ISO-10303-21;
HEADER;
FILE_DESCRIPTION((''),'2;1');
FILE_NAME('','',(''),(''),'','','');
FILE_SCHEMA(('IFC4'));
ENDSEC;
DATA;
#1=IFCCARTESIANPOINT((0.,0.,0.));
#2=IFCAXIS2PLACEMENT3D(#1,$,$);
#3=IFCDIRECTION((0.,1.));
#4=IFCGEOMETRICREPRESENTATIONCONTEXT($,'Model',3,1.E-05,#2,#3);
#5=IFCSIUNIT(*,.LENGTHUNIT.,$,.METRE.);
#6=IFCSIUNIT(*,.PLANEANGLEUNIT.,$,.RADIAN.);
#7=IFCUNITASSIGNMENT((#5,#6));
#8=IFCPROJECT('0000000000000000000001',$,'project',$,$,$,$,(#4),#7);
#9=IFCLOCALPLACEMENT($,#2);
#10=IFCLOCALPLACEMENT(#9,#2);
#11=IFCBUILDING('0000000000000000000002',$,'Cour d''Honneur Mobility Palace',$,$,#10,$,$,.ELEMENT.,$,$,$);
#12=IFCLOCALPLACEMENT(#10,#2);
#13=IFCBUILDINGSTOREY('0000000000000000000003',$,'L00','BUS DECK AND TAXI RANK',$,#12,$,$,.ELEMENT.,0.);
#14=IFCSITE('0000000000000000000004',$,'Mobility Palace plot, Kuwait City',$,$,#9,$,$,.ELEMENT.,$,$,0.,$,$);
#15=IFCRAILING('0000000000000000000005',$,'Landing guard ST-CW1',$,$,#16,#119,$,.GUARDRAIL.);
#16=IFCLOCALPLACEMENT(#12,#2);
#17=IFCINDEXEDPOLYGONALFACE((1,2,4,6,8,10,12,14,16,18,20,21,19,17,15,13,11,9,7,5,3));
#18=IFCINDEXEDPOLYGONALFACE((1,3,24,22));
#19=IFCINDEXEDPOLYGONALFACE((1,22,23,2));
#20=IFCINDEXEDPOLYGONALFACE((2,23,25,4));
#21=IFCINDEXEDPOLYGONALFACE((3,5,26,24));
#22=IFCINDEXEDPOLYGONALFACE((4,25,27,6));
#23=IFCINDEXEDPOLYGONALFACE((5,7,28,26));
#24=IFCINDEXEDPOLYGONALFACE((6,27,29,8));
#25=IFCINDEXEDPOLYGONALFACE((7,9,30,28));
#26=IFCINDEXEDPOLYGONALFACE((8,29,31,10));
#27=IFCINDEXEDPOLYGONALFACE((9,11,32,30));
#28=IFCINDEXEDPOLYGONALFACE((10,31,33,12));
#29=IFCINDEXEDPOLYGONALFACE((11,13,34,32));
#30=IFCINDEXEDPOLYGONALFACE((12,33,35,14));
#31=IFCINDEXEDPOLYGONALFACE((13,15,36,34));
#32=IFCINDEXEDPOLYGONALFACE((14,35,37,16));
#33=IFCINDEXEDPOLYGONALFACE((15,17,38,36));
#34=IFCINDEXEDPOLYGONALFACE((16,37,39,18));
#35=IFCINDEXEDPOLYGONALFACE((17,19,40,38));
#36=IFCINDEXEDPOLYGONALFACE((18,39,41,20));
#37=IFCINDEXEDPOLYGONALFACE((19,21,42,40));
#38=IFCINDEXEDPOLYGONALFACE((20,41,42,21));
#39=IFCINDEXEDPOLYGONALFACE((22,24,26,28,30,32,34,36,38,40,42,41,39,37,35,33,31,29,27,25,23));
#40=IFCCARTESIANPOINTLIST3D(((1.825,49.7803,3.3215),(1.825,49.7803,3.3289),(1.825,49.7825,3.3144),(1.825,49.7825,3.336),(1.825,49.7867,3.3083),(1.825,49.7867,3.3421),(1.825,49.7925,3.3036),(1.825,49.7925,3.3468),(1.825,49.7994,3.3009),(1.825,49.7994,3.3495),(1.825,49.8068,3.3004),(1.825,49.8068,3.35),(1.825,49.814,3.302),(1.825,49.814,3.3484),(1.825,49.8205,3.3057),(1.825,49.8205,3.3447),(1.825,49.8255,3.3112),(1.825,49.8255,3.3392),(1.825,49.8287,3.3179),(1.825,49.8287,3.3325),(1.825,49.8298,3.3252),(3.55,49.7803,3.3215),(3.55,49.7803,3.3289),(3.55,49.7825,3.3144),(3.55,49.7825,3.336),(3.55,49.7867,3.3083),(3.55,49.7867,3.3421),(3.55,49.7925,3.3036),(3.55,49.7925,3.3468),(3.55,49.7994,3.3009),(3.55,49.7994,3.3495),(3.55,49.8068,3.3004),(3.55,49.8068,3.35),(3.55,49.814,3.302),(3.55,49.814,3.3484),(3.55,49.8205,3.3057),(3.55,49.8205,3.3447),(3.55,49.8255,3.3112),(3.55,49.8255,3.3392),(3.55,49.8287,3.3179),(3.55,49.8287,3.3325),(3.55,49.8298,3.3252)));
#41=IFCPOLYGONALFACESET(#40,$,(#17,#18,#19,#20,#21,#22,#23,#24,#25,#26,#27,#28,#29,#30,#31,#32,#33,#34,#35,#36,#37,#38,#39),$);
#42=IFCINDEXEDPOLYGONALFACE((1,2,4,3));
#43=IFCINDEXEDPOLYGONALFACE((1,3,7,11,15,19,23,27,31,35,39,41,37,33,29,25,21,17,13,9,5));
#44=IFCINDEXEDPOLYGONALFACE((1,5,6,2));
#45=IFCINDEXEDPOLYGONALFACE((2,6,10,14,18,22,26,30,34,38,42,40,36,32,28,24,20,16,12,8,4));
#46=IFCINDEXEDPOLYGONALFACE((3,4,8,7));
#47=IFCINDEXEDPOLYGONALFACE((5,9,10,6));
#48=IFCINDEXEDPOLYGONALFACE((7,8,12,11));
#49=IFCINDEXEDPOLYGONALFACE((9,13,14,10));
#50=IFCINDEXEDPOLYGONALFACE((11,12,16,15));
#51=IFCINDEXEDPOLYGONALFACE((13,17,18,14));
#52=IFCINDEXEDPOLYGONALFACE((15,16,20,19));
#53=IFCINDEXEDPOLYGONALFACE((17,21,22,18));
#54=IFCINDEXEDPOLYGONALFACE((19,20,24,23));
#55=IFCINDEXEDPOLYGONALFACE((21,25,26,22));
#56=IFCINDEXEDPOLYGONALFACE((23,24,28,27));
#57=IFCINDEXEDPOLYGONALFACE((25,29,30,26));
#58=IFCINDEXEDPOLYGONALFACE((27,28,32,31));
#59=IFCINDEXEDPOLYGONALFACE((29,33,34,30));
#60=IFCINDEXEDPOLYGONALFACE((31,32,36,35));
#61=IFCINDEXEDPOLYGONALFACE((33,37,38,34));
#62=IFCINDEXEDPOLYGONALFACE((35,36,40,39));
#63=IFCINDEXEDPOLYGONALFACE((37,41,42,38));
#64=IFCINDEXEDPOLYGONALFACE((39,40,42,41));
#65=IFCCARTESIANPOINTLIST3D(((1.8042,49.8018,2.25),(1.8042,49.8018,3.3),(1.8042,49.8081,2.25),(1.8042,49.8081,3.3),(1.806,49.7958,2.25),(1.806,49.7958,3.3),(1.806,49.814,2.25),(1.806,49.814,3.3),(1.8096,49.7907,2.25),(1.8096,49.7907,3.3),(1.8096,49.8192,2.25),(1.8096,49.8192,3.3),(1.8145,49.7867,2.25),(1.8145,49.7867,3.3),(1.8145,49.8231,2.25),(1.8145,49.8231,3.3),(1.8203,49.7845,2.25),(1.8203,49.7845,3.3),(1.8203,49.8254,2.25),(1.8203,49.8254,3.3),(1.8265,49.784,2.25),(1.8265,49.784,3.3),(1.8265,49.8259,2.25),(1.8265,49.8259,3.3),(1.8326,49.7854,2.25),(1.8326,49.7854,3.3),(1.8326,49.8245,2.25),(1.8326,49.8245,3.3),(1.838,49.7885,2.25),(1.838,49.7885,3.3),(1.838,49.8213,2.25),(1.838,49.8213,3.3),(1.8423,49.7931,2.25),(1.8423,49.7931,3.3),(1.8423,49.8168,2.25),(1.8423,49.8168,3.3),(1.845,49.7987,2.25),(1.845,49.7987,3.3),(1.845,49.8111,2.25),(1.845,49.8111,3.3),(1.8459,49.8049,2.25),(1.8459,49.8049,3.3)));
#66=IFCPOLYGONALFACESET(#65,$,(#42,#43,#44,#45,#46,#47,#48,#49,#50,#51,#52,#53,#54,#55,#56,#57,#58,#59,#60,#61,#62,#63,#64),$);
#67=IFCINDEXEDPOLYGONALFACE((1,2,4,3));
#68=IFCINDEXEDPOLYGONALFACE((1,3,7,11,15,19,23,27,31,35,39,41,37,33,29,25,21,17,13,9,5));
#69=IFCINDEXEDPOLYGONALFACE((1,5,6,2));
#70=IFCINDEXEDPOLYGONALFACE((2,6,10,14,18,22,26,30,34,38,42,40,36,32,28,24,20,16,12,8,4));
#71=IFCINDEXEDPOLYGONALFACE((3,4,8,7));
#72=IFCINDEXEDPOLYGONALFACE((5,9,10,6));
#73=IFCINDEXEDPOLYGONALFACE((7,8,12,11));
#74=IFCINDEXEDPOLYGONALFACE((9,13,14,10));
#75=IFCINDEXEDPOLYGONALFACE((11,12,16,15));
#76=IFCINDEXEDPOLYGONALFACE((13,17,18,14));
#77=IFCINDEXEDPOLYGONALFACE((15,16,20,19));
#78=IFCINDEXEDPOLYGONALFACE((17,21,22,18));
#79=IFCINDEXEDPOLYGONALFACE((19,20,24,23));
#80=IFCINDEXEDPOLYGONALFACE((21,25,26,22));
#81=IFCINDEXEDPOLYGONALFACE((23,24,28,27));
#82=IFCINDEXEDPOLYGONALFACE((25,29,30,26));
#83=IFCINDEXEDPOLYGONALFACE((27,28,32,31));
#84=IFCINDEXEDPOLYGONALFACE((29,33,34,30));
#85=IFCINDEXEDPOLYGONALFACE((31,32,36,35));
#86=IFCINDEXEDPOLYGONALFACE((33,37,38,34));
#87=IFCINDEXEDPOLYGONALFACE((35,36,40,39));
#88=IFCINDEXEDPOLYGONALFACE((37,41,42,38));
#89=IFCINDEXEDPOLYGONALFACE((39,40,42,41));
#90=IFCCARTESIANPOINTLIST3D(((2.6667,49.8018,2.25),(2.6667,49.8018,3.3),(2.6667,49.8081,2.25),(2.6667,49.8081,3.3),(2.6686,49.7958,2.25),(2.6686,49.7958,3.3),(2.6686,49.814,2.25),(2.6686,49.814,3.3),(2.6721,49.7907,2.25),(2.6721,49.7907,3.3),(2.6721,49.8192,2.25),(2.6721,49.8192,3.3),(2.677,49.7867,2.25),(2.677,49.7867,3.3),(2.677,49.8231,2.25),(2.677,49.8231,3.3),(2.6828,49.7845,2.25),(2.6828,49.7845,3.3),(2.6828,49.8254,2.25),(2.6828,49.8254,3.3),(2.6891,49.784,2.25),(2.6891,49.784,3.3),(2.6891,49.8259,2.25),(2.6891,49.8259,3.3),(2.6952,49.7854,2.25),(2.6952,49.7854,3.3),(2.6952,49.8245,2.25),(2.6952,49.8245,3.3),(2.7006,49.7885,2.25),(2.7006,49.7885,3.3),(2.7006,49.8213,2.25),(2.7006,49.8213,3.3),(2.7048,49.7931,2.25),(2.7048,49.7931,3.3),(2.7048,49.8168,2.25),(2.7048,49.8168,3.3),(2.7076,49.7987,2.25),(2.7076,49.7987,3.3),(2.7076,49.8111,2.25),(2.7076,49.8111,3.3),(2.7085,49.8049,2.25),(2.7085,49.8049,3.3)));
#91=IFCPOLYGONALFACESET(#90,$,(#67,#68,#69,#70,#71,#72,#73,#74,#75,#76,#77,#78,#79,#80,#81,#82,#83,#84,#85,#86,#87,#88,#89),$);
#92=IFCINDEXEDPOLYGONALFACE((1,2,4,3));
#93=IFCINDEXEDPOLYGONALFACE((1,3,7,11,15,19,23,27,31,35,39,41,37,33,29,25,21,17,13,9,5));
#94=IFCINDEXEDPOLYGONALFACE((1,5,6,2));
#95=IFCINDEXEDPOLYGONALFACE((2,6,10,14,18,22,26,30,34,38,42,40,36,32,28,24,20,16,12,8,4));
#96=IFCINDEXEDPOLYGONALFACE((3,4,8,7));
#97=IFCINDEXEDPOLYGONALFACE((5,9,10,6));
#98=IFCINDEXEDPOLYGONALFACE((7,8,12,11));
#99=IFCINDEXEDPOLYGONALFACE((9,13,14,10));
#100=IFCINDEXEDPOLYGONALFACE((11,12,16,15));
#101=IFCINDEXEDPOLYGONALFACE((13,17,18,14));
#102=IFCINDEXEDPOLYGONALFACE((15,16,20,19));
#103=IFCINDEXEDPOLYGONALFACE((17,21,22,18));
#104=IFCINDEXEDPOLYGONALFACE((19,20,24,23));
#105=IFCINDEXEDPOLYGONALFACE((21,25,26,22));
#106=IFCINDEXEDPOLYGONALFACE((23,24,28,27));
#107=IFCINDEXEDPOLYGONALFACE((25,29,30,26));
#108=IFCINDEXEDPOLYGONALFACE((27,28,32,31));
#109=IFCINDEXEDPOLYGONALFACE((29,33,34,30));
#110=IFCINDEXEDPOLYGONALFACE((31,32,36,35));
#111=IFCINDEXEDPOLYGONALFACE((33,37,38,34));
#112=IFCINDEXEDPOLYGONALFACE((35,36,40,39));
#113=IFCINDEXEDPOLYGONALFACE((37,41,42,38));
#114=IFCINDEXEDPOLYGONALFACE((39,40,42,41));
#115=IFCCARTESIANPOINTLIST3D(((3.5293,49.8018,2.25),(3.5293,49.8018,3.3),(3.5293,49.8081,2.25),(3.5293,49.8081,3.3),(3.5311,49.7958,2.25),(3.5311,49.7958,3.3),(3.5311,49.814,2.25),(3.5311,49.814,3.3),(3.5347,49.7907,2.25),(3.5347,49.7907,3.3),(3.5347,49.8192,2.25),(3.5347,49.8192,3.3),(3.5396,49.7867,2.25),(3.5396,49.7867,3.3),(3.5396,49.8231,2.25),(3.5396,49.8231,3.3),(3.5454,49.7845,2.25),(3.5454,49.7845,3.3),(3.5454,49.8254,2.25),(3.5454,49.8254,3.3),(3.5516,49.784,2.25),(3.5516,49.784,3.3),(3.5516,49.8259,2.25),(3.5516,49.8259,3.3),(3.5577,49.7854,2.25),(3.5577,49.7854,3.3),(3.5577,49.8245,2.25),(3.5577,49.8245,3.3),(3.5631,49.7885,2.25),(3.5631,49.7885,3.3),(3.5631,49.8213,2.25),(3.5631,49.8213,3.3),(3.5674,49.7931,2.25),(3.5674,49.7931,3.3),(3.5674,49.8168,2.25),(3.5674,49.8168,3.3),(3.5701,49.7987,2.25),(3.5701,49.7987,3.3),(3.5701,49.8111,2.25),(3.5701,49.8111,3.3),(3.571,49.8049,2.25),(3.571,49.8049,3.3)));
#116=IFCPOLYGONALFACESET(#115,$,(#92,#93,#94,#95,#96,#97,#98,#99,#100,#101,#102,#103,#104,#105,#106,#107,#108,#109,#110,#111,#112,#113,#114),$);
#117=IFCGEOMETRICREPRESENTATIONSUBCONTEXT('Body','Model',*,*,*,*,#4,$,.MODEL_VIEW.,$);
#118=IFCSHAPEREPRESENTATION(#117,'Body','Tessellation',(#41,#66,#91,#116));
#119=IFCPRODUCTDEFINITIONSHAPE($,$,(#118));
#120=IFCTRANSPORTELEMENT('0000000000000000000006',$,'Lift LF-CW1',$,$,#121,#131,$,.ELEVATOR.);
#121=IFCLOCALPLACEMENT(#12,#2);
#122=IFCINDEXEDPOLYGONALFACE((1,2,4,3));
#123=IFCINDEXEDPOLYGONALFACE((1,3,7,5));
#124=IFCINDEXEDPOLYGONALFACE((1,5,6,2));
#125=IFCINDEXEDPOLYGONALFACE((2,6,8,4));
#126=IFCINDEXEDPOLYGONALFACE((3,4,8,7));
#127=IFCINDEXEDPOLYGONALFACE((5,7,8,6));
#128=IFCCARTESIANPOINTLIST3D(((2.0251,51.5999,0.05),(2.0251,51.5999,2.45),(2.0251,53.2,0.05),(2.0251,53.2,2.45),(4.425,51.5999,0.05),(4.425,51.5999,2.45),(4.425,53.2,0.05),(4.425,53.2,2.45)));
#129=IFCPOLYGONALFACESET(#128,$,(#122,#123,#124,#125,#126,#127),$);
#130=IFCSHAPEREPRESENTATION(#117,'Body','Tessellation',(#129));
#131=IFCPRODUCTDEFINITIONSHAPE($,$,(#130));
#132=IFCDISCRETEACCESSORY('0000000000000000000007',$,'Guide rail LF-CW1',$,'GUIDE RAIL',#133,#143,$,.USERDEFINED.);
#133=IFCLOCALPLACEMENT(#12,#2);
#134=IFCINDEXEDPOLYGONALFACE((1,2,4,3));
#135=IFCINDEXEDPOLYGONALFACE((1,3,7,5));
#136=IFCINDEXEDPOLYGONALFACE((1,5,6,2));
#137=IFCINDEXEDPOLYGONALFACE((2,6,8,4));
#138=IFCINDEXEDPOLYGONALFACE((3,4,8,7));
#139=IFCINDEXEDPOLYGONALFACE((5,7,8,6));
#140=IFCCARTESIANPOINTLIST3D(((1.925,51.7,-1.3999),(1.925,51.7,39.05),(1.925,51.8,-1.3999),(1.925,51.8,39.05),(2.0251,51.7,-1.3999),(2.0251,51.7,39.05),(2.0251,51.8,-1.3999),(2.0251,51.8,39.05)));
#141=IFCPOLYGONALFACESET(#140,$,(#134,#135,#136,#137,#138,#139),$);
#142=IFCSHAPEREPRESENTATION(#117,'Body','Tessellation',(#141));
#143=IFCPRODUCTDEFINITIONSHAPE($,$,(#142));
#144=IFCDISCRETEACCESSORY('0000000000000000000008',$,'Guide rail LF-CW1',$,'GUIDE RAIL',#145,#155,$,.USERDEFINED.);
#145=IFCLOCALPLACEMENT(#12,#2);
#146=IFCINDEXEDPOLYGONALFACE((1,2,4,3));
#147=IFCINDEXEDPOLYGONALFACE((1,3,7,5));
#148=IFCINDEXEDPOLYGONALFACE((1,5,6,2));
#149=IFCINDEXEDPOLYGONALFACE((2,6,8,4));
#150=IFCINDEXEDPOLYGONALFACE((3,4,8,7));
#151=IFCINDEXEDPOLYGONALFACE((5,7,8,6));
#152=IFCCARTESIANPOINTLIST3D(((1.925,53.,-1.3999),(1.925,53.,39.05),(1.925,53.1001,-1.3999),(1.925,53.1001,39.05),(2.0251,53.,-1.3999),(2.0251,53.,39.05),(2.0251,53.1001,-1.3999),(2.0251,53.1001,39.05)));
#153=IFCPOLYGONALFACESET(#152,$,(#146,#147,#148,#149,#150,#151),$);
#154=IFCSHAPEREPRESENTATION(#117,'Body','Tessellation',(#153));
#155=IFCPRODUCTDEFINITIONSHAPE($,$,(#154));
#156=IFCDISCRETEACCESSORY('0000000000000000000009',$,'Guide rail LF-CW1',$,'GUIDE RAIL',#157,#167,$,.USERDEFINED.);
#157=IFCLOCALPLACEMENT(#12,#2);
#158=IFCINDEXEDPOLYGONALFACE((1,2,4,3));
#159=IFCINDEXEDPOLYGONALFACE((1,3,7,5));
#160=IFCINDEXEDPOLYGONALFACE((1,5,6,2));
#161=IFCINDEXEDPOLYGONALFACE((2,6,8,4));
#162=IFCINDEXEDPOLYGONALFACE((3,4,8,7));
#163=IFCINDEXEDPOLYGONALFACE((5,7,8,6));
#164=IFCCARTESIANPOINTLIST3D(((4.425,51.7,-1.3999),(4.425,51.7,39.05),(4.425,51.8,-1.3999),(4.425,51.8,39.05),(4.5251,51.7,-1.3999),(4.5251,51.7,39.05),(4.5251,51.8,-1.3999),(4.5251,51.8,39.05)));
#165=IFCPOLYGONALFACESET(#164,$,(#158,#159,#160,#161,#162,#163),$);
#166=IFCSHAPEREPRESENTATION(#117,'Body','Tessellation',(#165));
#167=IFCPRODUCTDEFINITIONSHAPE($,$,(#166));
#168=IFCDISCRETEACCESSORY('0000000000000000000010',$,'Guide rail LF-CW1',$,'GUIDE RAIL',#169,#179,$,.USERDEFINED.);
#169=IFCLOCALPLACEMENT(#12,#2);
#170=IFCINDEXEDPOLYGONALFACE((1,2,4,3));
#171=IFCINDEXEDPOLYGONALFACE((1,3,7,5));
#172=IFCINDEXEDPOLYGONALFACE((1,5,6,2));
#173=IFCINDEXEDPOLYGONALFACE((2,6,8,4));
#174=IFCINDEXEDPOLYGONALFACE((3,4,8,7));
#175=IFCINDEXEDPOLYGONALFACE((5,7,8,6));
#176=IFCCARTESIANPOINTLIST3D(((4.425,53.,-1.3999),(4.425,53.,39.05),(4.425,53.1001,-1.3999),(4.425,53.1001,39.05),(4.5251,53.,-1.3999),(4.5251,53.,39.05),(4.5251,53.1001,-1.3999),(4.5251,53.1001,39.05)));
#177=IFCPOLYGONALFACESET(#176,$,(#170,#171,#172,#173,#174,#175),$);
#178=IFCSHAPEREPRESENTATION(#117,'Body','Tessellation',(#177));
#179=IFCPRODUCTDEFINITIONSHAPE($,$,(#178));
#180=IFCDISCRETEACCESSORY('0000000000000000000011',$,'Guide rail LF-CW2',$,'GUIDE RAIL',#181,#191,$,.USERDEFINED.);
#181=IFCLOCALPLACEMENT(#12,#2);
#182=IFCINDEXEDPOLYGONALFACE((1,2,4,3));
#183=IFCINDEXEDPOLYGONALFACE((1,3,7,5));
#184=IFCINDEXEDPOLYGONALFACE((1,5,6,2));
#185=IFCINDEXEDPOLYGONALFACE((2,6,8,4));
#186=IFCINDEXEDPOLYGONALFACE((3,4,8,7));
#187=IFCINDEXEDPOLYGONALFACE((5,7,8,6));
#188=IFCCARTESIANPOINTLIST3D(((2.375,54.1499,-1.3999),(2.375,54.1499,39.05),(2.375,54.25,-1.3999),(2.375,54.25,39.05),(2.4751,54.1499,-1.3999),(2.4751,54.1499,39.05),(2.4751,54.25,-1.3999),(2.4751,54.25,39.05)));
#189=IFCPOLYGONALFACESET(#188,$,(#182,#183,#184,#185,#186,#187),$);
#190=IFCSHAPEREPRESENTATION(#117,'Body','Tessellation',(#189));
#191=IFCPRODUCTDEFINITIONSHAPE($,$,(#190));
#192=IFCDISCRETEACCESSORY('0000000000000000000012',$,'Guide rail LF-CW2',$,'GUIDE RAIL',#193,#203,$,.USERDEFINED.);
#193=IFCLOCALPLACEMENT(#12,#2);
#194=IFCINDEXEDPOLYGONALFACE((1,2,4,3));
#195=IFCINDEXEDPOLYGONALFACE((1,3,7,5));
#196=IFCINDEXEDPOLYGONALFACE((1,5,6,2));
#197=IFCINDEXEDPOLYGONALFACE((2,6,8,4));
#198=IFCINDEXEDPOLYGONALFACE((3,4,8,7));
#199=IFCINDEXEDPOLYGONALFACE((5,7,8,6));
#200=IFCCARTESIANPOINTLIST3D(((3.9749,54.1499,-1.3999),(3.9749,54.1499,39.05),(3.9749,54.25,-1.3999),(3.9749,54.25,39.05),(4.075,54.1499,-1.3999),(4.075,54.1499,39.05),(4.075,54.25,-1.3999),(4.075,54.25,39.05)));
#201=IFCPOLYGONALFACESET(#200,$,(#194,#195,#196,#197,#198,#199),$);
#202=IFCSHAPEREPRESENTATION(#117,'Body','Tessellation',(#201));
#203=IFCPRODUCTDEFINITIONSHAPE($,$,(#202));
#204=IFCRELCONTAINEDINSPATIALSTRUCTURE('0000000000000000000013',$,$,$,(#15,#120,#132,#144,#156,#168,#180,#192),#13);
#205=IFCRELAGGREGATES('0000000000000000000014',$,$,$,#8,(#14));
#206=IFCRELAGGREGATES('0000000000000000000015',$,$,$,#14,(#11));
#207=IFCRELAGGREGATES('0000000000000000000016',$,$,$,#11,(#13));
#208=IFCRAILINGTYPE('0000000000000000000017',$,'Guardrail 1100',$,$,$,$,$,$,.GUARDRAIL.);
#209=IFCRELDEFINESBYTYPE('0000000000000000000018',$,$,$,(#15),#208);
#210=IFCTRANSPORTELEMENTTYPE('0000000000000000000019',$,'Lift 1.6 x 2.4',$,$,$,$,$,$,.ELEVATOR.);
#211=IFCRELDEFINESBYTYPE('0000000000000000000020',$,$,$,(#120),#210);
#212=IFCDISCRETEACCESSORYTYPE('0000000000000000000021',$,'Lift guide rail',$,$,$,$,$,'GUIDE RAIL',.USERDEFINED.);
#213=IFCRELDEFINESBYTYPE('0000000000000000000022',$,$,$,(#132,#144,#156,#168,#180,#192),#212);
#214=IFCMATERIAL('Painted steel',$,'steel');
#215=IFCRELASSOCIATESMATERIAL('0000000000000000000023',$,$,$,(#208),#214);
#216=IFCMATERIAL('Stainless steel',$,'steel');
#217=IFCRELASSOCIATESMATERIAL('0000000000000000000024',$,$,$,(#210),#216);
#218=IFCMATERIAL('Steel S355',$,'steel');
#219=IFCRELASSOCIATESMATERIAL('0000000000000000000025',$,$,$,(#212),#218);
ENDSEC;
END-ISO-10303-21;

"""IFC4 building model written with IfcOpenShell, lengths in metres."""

from ifc_helpers import new_model, si_unit, direction, frame, origin, origin_2d, place, context, subcontext, project, spatial, rectangle, circle, extrude, material, type_object, element, save


model = new_model("IFC4")

# Units and contexts
model_context = context("Model", 3, precision=1e-05, world=origin(), true_north=direction((0.0, 1.0)))
body_context = subcontext(model_context, "Body", "Model", "MODEL_VIEW")
ifc_project = project(units=[si_unit("LENGTHUNIT", "METRE"), si_unit("PLANEANGLEUNIT", "RADIAN")], contexts=[model_context])

# Site, building, storey
site_placement = place(None, origin())
site = spatial("IfcSite", under=ifc_project, at=site_placement, Name="Mobility Palace plot, Kuwait City", CompositionType="ELEMENT", RefElevation=0.0)
building_placement = place(site_placement, origin())
building = spatial("IfcBuilding", under=site, at=building_placement, Name="Cour d'Honneur Mobility Palace", CompositionType="ELEMENT")
storey_placement = place(building_placement, origin())
storey = spatial("IfcBuildingStorey", under=building, at=storey_placement, Name="L00", Description="BUS DECK AND TAXI RANK", CompositionType="ELEMENT", Elevation=0.0)

# Railing
ifc_material_1 = material(Name="Painted steel", Category="steel")
railing_type = type_object("IfcRailingType", Name="Guardrail 1100", PredefinedType="GUARDRAIL", material=ifc_material_1)
railing_placement = place(storey_placement, frame((1.825, 49.8049, 2.25)))
element("IfcRailing", 1, at=railing_placement, inside=storey, type_object=railing_type, Name="Landing guard ST-CW1", PredefinedType="GUARDRAIL", context=body_context, shape_type="SweptSolid", body=[
    extrude(circle(Radius=0.0249, at=origin_2d()), frame((0.0, 0.0, 1.0752), z_axis=(1.0, 0.0, 0.0), x_axis=(0.0, 1.0, 0.0)), (0.0, 0.0, 1.0), 1.7251),
    extrude(circle(Radius=0.021, at=origin_2d()), origin(), (0.0, 0.0, 1.0), 1.05),
    extrude(circle(Radius=0.021, at=origin_2d()), frame((0.8625, 0.0, 0.0)), (0.0, 0.0, 1.0), 1.05),
    extrude(circle(Radius=0.021, at=origin_2d()), frame((1.7251, 0.0, 0.0)), (0.0, 0.0, 1.0), 1.05),
])

# Transport element
ifc_material_2 = material(Name="Stainless steel", Category="steel")
transport_element_type = type_object("IfcTransportElementType", Name="Lift 1.6 x 2.4", PredefinedType="ELEVATOR", material=ifc_material_2)
transport_element_placement = place(storey_placement, frame((3.2251, 52.3999, 0.05), z_axis=(0.0, 0.0, 1.0), x_axis=(1.0, 0.0, 0.0)))
element("IfcTransportElement", 2, at=transport_element_placement, inside=storey, type_object=transport_element_type, Name="Lift LF-CW1", PredefinedType="ELEVATOR", context=body_context, shape_type="SweptSolid", body=[
    extrude(rectangle(XDim=2.3999, YDim=1.6001, at=origin_2d()), origin(), (0.0, 0.0, 1.0), 2.3999),
])

# Discrete accessories
ifc_material_3 = material(Name="Steel S355", Category="steel")
discrete_accessory_type = type_object("IfcDiscreteAccessoryType", Name="Lift guide rail", ElementType="GUIDE RAIL", PredefinedType="USERDEFINED", material=ifc_material_3)
for number, where, z_axis, x_axis, name in (
    (3, (1.9751, 51.75, -1.3999), (0.0, 0.0, 1.0), (1.0, 0.0, 0.0), "Guide rail LF-CW1"),
    (4, (1.9751, 53.05, -1.3999), (0.0, 0.0, 1.0), (1.0, 0.0, 0.0), "Guide rail LF-CW1"),
    (5, (4.4751, 51.75, -1.3999), (0.0, 0.0, 1.0), (1.0, 0.0, 0.0), "Guide rail LF-CW1"),
    (6, (4.4751, 53.05, -1.3999), (0.0, 0.0, 1.0), (1.0, 0.0, 0.0), "Guide rail LF-CW1"),
    (7, (2.425, 54.2, -1.3999), (0.0, 0.0, 1.0), (1.0, 0.0, 0.0), "Guide rail LF-CW2"),
    (8, (4.0249, 54.2, -1.3999), (0.0, 0.0, 1.0), (1.0, 0.0, 0.0), "Guide rail LF-CW2"),
):
    element("IfcDiscreteAccessory", number, at=place(storey_placement, frame(where, z_axis=z_axis, x_axis=x_axis)), inside=storey, type_object=discrete_accessory_type, Name=name, ObjectType="GUIDE RAIL", PredefinedType="USERDEFINED", context=body_context, shape_type="SweptSolid", body=[
        extrude(rectangle(XDim=0.1001, YDim=0.1001, at=origin_2d()), origin(), (0.0, 0.0, 1.0), 40.45),
    ])

save(model, "model.ifc")
